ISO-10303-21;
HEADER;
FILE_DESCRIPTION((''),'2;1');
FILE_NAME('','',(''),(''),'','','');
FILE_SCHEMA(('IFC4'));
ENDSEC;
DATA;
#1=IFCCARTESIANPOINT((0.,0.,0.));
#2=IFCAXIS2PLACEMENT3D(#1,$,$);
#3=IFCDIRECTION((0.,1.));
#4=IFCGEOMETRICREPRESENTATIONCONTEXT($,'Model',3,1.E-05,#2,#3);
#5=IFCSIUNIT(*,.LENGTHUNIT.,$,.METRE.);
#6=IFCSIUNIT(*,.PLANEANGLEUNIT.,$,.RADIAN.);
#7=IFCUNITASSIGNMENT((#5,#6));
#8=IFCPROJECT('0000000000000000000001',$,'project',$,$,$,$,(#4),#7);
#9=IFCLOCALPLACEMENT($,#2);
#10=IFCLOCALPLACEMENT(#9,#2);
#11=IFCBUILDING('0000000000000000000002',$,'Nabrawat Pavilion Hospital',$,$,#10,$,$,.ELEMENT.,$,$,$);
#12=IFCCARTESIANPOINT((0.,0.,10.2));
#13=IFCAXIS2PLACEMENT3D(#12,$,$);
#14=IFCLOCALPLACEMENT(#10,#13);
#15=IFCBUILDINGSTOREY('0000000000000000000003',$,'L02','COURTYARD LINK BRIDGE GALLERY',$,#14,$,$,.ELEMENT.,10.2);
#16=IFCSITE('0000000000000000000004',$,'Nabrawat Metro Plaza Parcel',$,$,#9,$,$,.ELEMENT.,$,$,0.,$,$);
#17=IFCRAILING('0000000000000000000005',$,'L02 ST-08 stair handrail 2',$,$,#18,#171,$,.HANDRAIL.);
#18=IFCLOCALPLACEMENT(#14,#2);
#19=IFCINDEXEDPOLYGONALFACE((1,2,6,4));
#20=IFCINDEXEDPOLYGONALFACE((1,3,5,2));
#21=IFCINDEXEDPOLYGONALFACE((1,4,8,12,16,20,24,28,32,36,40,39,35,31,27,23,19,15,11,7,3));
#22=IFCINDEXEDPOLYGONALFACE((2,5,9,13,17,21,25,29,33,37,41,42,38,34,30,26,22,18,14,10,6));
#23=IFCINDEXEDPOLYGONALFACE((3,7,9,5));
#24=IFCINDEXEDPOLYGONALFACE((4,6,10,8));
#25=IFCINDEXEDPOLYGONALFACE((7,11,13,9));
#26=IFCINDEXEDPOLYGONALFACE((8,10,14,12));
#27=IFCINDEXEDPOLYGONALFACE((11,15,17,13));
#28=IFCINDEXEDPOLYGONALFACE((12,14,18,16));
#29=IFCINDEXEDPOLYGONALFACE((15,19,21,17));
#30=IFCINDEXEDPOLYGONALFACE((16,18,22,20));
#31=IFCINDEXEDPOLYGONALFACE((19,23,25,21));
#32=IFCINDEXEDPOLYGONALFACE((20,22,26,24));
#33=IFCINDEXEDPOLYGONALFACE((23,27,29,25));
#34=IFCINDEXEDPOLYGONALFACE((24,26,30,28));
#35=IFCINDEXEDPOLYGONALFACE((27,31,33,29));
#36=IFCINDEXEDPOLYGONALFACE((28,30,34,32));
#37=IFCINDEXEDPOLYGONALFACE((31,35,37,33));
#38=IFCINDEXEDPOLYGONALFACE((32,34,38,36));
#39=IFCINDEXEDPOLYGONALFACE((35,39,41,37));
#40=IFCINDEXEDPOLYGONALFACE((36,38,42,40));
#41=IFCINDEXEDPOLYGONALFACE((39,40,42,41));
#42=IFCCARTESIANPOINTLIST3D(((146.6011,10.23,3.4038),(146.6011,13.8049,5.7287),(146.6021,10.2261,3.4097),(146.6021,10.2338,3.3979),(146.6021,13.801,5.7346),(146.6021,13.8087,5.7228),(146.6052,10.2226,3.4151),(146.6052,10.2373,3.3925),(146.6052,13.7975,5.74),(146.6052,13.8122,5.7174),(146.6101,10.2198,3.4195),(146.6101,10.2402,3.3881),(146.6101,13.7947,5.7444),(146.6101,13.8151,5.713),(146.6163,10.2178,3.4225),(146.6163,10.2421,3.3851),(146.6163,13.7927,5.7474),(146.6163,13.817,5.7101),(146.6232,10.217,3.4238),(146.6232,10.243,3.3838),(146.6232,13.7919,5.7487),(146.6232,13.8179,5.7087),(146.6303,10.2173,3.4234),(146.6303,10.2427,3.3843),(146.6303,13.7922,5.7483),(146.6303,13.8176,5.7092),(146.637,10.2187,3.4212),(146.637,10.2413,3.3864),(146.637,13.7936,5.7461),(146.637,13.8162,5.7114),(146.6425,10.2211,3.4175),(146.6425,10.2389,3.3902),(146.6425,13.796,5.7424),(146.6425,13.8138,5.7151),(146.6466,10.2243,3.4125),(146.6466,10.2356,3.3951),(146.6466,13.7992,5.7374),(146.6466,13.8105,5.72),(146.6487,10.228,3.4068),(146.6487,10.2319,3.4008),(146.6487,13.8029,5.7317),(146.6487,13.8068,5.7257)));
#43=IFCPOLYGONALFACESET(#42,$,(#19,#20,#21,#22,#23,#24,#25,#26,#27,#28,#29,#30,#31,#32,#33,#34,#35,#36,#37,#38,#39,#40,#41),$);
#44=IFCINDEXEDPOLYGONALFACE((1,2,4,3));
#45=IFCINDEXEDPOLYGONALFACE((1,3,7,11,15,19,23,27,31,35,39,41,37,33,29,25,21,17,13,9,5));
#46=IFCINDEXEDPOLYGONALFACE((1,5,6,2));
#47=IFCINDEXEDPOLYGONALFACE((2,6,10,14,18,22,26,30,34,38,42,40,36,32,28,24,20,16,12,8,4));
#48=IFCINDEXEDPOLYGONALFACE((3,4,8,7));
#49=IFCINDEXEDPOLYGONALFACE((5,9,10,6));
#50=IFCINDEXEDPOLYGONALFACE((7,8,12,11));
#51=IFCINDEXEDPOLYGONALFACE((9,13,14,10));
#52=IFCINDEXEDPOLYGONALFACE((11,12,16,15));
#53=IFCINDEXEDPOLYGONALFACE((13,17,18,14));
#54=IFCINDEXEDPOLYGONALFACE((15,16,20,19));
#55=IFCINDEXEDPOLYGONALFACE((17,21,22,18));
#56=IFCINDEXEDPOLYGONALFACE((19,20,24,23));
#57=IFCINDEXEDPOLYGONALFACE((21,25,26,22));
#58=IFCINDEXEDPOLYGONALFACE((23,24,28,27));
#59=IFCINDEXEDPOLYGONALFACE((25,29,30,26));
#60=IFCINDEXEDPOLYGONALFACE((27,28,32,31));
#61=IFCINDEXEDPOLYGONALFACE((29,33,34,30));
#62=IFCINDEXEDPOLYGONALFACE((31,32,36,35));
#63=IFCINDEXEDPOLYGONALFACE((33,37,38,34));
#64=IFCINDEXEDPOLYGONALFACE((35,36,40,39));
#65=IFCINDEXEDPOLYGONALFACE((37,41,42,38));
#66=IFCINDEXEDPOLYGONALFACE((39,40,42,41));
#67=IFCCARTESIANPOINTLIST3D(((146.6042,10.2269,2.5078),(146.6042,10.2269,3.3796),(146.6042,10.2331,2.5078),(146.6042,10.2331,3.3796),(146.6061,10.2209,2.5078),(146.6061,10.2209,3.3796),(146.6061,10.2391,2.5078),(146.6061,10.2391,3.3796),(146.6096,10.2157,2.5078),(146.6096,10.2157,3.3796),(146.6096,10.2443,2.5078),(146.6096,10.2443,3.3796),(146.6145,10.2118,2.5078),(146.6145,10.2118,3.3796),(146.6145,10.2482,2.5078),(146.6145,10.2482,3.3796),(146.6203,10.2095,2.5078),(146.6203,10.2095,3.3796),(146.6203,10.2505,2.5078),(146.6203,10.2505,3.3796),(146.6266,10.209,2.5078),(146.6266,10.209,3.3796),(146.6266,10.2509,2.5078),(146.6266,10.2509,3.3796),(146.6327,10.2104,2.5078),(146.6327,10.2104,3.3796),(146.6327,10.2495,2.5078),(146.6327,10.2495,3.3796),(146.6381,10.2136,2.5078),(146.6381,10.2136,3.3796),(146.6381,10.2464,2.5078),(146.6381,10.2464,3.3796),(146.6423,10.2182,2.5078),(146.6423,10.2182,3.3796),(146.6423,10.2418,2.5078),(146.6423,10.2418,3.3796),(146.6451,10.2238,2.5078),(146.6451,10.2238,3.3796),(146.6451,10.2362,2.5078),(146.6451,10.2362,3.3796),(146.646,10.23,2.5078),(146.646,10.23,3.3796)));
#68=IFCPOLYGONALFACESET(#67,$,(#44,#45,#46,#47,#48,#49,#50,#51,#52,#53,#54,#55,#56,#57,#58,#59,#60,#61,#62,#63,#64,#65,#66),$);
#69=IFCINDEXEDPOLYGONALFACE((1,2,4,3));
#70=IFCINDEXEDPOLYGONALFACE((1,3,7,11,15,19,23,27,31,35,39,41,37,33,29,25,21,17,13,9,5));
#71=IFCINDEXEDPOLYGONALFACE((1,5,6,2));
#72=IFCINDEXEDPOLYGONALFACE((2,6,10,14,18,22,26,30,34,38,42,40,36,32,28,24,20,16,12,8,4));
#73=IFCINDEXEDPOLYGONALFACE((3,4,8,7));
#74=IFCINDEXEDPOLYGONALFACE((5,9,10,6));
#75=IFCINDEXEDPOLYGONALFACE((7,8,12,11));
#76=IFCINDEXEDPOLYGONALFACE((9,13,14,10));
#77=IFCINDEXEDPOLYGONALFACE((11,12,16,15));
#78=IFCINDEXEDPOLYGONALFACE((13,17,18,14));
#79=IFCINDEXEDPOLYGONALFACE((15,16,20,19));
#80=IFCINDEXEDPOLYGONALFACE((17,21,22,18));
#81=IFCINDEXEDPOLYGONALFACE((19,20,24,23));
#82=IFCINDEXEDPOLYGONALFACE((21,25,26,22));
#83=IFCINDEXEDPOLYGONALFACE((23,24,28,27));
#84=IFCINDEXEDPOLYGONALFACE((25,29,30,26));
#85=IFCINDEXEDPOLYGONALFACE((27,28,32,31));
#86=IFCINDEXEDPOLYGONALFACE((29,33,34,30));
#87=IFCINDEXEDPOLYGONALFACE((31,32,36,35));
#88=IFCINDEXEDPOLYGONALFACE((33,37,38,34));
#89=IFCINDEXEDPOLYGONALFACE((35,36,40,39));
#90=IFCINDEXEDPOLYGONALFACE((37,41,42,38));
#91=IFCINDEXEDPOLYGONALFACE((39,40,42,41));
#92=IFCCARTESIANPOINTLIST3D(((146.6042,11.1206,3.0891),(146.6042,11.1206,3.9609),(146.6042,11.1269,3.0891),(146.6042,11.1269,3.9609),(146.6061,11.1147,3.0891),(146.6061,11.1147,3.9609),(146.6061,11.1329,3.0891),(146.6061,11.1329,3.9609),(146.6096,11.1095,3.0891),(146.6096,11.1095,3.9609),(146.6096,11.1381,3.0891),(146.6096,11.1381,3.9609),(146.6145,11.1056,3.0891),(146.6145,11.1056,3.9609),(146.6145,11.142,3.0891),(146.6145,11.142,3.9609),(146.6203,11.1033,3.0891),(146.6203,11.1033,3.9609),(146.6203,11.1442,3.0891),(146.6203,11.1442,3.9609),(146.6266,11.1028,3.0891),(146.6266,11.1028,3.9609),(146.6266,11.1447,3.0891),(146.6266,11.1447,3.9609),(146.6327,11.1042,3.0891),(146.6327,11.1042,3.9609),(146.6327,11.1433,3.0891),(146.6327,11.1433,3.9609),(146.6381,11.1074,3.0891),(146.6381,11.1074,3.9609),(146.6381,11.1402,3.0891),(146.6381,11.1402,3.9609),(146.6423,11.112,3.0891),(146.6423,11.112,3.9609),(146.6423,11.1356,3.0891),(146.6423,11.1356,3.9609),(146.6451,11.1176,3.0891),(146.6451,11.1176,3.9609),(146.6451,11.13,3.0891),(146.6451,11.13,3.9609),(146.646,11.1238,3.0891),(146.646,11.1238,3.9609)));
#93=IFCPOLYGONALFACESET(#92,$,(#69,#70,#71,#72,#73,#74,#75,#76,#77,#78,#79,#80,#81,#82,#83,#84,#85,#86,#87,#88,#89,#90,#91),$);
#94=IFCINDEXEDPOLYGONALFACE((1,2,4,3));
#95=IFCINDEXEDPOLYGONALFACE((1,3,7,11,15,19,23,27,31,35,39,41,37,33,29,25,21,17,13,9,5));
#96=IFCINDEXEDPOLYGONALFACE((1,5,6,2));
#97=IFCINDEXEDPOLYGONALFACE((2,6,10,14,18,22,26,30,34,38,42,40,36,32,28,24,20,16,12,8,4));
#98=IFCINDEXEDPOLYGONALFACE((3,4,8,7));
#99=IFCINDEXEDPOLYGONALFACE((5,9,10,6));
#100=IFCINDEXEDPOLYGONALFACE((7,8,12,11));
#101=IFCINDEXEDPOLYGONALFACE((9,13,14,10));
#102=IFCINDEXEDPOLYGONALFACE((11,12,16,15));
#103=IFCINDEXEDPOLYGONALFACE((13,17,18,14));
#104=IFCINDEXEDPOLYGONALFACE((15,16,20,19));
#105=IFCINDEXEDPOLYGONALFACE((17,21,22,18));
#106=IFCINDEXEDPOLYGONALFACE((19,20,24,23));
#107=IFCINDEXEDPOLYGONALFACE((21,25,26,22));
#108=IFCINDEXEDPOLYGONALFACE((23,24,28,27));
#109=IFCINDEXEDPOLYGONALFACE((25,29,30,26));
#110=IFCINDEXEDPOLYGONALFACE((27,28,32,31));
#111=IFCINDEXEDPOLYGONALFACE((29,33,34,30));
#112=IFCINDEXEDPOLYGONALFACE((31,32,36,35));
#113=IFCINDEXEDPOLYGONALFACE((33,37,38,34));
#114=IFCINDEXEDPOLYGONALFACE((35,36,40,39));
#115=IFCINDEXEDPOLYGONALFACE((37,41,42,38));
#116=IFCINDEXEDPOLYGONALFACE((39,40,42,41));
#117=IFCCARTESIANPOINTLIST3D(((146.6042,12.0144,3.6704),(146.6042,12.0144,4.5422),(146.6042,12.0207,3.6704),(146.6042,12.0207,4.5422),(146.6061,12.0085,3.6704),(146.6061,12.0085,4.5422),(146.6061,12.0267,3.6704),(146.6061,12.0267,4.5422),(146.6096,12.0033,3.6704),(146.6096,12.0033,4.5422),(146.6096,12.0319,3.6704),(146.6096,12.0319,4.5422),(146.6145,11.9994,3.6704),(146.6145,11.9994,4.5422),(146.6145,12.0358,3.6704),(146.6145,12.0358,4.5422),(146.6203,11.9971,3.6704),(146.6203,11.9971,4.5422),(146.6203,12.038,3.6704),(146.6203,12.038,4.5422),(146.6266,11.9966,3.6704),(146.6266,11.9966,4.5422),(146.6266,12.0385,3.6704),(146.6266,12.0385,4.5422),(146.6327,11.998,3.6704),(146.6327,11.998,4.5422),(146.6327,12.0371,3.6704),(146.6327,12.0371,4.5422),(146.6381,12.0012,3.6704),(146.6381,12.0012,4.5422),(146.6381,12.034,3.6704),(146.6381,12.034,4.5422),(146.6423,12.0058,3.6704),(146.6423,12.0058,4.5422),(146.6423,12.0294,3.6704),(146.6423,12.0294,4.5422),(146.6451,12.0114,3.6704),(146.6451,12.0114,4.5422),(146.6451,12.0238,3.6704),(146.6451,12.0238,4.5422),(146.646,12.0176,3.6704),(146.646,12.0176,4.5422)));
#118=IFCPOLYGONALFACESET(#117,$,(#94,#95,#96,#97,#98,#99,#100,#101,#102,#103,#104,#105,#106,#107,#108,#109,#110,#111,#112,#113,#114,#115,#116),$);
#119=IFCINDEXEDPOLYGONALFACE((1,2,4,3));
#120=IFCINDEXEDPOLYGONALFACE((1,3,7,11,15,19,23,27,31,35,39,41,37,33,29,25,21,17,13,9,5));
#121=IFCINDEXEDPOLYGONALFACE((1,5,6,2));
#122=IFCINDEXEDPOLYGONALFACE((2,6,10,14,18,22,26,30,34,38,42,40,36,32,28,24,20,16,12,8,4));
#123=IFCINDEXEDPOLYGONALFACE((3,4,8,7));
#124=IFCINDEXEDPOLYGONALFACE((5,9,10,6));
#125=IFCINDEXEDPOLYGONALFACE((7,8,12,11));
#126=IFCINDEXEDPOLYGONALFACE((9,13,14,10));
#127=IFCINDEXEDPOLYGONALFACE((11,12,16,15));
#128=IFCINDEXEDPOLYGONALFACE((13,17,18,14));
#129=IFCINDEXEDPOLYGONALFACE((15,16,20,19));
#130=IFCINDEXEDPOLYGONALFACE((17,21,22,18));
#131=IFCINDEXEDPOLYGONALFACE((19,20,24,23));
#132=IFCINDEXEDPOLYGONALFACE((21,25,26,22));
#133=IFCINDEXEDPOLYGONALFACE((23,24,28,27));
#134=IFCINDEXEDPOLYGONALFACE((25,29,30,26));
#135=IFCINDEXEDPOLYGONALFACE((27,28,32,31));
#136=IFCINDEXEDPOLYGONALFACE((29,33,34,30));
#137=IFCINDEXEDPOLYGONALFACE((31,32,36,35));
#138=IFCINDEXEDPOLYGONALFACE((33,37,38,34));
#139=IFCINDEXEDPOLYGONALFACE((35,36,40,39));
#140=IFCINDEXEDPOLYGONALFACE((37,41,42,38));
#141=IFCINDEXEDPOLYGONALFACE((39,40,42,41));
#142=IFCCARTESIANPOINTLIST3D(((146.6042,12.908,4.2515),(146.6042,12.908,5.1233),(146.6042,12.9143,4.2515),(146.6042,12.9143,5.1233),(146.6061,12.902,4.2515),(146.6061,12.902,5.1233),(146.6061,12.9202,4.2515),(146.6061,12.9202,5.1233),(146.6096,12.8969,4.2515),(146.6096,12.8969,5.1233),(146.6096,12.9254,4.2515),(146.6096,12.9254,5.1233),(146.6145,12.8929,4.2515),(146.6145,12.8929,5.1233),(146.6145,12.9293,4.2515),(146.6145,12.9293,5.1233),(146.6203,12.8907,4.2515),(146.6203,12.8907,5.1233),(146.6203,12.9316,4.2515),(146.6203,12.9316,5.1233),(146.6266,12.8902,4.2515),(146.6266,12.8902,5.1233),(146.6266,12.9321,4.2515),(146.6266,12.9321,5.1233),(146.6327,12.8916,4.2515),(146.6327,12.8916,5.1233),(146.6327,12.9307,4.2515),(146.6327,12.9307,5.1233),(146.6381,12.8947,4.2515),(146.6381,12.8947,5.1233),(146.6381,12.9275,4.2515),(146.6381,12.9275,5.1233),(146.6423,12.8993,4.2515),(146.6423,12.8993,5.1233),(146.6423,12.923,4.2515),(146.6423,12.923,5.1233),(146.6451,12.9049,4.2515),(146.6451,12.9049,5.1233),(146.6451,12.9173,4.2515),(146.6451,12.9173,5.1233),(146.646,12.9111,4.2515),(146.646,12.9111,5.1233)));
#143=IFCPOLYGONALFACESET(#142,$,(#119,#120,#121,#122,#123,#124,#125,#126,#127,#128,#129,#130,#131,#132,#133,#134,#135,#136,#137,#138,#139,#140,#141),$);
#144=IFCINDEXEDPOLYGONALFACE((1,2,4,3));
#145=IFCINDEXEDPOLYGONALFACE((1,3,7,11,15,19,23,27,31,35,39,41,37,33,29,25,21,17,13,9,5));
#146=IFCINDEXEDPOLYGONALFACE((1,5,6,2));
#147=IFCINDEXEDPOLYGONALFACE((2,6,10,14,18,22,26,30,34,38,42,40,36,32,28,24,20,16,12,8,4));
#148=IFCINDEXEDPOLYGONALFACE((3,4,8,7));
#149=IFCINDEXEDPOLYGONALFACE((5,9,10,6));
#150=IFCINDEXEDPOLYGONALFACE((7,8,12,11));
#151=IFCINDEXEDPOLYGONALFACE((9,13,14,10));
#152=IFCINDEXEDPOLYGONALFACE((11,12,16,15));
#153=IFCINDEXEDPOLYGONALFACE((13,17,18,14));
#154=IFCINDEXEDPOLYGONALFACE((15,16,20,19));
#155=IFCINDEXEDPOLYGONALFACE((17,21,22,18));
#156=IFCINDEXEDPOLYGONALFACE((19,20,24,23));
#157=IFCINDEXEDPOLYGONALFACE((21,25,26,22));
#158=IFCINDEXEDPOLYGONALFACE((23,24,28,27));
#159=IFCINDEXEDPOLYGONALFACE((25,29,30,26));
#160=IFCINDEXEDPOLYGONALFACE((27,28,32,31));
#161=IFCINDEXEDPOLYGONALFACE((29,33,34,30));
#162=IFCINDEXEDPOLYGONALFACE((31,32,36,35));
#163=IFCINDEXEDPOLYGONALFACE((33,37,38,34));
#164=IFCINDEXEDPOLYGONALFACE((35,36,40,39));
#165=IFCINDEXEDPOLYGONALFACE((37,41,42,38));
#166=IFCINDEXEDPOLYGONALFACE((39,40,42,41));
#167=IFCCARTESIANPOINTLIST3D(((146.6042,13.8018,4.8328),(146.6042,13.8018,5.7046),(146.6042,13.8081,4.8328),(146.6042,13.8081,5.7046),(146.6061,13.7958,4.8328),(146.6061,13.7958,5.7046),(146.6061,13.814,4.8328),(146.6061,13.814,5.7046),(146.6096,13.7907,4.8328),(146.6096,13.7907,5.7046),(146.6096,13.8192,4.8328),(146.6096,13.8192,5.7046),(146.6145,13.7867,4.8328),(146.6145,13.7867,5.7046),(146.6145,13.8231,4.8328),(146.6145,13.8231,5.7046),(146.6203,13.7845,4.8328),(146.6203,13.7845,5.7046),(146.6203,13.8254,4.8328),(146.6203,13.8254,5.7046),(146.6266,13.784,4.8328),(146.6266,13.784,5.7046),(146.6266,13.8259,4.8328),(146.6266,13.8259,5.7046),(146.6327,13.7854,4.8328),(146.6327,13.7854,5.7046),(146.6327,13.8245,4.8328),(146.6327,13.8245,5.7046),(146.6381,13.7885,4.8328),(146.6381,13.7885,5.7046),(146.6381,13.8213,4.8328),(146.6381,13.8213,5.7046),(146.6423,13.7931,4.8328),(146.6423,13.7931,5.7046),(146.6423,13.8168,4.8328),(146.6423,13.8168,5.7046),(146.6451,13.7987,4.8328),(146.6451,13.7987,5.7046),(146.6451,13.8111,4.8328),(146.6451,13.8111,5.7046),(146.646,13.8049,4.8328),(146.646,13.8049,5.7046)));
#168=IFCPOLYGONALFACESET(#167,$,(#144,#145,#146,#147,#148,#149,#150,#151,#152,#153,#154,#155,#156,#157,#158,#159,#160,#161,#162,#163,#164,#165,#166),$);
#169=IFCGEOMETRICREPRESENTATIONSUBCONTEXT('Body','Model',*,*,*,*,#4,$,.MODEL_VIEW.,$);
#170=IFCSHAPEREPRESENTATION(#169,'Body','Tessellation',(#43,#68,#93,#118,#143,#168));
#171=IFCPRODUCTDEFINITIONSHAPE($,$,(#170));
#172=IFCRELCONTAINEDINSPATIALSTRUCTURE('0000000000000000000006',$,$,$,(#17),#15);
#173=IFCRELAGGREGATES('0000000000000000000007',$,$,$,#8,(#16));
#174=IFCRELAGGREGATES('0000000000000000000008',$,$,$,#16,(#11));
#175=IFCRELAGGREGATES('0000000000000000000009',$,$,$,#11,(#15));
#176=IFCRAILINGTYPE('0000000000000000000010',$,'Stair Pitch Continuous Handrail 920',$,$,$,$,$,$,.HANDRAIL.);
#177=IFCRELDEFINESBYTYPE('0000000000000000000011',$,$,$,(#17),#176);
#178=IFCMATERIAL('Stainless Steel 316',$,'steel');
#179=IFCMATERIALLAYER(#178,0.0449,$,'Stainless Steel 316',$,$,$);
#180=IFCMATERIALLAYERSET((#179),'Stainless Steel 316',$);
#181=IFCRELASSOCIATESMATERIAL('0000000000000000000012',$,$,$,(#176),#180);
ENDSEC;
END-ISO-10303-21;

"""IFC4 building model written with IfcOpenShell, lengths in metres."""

from ifc_helpers import new_model, si_unit, direction, frame, origin, origin_2d, place, context, subcontext, project, spatial, circle, extrude, material, layer, layer_set, type_object, element, save


model = new_model("IFC4")

# Units and contexts
model_context = context("Model", 3, precision=1e-05, world=origin(), true_north=direction((0.0, 1.0)))
body_context = subcontext(model_context, "Body", "Model", "MODEL_VIEW")
ifc_project = project(units=[si_unit("LENGTHUNIT", "METRE"), si_unit("PLANEANGLEUNIT", "RADIAN")], contexts=[model_context])

# Site, building, storey
site_placement = place(None, origin())
site = spatial("IfcSite", under=ifc_project, at=site_placement, Name="Nabrawat Metro Plaza Parcel", CompositionType="ELEMENT", RefElevation=0.0)
building_placement = place(site_placement, origin())
building = spatial("IfcBuilding", under=site, at=building_placement, Name="Nabrawat Pavilion Hospital", CompositionType="ELEMENT")
storey_placement = place(building_placement, frame((0.0, 0.0, 10.2)))
storey = spatial("IfcBuildingStorey", under=building, at=storey_placement, Name="L02", Description="COURTYARD LINK BRIDGE GALLERY", CompositionType="ELEMENT", Elevation=10.2)

# Railing
ifc_material_1 = material(Name="Stainless Steel 316", Category="steel")
ifc_layer_1 = layer(ifc_material_1, 0.0449, Name="Stainless Steel 316")
ifc_layer_set_1 = layer_set([ifc_layer_1], Name="Stainless Steel 316")
railing_type_1 = type_object("IfcRailingType", Name="Stair Pitch Continuous Handrail 920", PredefinedType="HANDRAIL", material=ifc_layer_set_1)
railing_1_placement = place(storey_placement, frame((146.625, 10.23, 2.5078)))
element("IfcRailing", 1, at=railing_1_placement, inside=storey, type_object=railing_type_1, Name="L02 ST-08 stair handrail 2", PredefinedType="HANDRAIL", context=body_context, shape_type="SweptSolid", body=[
    extrude(circle(Radius=0.0239, at=origin_2d()), frame((0.0, 0.0, 0.896), z_axis=(0.0, 0.838311, 0.545192), x_axis=(-1.0, 0.0, 0.0)), (0.0, 0.0, 1.0), 4.2644),
    extrude(circle(Radius=0.021, at=origin_2d()), origin(), (0.0, 0.0, 1.0), 0.8718),
    extrude(circle(Radius=0.021, at=origin_2d()), frame((0.0, 0.8938, 0.5813)), (0.0, 0.0, 1.0), 0.8718),
    extrude(circle(Radius=0.021, at=origin_2d()), frame((0.0, 1.7876, 1.1626)), (0.0, 0.0, 1.0), 0.8718),
    extrude(circle(Radius=0.021, at=origin_2d()), frame((0.0, 2.6812, 1.7437)), (0.0, 0.0, 1.0), 0.8718),
    extrude(circle(Radius=0.021, at=origin_2d()), frame((0.0, 3.575, 2.325)), (0.0, 0.0, 1.0), 0.8718),
])

save(model, "model.ifc")
